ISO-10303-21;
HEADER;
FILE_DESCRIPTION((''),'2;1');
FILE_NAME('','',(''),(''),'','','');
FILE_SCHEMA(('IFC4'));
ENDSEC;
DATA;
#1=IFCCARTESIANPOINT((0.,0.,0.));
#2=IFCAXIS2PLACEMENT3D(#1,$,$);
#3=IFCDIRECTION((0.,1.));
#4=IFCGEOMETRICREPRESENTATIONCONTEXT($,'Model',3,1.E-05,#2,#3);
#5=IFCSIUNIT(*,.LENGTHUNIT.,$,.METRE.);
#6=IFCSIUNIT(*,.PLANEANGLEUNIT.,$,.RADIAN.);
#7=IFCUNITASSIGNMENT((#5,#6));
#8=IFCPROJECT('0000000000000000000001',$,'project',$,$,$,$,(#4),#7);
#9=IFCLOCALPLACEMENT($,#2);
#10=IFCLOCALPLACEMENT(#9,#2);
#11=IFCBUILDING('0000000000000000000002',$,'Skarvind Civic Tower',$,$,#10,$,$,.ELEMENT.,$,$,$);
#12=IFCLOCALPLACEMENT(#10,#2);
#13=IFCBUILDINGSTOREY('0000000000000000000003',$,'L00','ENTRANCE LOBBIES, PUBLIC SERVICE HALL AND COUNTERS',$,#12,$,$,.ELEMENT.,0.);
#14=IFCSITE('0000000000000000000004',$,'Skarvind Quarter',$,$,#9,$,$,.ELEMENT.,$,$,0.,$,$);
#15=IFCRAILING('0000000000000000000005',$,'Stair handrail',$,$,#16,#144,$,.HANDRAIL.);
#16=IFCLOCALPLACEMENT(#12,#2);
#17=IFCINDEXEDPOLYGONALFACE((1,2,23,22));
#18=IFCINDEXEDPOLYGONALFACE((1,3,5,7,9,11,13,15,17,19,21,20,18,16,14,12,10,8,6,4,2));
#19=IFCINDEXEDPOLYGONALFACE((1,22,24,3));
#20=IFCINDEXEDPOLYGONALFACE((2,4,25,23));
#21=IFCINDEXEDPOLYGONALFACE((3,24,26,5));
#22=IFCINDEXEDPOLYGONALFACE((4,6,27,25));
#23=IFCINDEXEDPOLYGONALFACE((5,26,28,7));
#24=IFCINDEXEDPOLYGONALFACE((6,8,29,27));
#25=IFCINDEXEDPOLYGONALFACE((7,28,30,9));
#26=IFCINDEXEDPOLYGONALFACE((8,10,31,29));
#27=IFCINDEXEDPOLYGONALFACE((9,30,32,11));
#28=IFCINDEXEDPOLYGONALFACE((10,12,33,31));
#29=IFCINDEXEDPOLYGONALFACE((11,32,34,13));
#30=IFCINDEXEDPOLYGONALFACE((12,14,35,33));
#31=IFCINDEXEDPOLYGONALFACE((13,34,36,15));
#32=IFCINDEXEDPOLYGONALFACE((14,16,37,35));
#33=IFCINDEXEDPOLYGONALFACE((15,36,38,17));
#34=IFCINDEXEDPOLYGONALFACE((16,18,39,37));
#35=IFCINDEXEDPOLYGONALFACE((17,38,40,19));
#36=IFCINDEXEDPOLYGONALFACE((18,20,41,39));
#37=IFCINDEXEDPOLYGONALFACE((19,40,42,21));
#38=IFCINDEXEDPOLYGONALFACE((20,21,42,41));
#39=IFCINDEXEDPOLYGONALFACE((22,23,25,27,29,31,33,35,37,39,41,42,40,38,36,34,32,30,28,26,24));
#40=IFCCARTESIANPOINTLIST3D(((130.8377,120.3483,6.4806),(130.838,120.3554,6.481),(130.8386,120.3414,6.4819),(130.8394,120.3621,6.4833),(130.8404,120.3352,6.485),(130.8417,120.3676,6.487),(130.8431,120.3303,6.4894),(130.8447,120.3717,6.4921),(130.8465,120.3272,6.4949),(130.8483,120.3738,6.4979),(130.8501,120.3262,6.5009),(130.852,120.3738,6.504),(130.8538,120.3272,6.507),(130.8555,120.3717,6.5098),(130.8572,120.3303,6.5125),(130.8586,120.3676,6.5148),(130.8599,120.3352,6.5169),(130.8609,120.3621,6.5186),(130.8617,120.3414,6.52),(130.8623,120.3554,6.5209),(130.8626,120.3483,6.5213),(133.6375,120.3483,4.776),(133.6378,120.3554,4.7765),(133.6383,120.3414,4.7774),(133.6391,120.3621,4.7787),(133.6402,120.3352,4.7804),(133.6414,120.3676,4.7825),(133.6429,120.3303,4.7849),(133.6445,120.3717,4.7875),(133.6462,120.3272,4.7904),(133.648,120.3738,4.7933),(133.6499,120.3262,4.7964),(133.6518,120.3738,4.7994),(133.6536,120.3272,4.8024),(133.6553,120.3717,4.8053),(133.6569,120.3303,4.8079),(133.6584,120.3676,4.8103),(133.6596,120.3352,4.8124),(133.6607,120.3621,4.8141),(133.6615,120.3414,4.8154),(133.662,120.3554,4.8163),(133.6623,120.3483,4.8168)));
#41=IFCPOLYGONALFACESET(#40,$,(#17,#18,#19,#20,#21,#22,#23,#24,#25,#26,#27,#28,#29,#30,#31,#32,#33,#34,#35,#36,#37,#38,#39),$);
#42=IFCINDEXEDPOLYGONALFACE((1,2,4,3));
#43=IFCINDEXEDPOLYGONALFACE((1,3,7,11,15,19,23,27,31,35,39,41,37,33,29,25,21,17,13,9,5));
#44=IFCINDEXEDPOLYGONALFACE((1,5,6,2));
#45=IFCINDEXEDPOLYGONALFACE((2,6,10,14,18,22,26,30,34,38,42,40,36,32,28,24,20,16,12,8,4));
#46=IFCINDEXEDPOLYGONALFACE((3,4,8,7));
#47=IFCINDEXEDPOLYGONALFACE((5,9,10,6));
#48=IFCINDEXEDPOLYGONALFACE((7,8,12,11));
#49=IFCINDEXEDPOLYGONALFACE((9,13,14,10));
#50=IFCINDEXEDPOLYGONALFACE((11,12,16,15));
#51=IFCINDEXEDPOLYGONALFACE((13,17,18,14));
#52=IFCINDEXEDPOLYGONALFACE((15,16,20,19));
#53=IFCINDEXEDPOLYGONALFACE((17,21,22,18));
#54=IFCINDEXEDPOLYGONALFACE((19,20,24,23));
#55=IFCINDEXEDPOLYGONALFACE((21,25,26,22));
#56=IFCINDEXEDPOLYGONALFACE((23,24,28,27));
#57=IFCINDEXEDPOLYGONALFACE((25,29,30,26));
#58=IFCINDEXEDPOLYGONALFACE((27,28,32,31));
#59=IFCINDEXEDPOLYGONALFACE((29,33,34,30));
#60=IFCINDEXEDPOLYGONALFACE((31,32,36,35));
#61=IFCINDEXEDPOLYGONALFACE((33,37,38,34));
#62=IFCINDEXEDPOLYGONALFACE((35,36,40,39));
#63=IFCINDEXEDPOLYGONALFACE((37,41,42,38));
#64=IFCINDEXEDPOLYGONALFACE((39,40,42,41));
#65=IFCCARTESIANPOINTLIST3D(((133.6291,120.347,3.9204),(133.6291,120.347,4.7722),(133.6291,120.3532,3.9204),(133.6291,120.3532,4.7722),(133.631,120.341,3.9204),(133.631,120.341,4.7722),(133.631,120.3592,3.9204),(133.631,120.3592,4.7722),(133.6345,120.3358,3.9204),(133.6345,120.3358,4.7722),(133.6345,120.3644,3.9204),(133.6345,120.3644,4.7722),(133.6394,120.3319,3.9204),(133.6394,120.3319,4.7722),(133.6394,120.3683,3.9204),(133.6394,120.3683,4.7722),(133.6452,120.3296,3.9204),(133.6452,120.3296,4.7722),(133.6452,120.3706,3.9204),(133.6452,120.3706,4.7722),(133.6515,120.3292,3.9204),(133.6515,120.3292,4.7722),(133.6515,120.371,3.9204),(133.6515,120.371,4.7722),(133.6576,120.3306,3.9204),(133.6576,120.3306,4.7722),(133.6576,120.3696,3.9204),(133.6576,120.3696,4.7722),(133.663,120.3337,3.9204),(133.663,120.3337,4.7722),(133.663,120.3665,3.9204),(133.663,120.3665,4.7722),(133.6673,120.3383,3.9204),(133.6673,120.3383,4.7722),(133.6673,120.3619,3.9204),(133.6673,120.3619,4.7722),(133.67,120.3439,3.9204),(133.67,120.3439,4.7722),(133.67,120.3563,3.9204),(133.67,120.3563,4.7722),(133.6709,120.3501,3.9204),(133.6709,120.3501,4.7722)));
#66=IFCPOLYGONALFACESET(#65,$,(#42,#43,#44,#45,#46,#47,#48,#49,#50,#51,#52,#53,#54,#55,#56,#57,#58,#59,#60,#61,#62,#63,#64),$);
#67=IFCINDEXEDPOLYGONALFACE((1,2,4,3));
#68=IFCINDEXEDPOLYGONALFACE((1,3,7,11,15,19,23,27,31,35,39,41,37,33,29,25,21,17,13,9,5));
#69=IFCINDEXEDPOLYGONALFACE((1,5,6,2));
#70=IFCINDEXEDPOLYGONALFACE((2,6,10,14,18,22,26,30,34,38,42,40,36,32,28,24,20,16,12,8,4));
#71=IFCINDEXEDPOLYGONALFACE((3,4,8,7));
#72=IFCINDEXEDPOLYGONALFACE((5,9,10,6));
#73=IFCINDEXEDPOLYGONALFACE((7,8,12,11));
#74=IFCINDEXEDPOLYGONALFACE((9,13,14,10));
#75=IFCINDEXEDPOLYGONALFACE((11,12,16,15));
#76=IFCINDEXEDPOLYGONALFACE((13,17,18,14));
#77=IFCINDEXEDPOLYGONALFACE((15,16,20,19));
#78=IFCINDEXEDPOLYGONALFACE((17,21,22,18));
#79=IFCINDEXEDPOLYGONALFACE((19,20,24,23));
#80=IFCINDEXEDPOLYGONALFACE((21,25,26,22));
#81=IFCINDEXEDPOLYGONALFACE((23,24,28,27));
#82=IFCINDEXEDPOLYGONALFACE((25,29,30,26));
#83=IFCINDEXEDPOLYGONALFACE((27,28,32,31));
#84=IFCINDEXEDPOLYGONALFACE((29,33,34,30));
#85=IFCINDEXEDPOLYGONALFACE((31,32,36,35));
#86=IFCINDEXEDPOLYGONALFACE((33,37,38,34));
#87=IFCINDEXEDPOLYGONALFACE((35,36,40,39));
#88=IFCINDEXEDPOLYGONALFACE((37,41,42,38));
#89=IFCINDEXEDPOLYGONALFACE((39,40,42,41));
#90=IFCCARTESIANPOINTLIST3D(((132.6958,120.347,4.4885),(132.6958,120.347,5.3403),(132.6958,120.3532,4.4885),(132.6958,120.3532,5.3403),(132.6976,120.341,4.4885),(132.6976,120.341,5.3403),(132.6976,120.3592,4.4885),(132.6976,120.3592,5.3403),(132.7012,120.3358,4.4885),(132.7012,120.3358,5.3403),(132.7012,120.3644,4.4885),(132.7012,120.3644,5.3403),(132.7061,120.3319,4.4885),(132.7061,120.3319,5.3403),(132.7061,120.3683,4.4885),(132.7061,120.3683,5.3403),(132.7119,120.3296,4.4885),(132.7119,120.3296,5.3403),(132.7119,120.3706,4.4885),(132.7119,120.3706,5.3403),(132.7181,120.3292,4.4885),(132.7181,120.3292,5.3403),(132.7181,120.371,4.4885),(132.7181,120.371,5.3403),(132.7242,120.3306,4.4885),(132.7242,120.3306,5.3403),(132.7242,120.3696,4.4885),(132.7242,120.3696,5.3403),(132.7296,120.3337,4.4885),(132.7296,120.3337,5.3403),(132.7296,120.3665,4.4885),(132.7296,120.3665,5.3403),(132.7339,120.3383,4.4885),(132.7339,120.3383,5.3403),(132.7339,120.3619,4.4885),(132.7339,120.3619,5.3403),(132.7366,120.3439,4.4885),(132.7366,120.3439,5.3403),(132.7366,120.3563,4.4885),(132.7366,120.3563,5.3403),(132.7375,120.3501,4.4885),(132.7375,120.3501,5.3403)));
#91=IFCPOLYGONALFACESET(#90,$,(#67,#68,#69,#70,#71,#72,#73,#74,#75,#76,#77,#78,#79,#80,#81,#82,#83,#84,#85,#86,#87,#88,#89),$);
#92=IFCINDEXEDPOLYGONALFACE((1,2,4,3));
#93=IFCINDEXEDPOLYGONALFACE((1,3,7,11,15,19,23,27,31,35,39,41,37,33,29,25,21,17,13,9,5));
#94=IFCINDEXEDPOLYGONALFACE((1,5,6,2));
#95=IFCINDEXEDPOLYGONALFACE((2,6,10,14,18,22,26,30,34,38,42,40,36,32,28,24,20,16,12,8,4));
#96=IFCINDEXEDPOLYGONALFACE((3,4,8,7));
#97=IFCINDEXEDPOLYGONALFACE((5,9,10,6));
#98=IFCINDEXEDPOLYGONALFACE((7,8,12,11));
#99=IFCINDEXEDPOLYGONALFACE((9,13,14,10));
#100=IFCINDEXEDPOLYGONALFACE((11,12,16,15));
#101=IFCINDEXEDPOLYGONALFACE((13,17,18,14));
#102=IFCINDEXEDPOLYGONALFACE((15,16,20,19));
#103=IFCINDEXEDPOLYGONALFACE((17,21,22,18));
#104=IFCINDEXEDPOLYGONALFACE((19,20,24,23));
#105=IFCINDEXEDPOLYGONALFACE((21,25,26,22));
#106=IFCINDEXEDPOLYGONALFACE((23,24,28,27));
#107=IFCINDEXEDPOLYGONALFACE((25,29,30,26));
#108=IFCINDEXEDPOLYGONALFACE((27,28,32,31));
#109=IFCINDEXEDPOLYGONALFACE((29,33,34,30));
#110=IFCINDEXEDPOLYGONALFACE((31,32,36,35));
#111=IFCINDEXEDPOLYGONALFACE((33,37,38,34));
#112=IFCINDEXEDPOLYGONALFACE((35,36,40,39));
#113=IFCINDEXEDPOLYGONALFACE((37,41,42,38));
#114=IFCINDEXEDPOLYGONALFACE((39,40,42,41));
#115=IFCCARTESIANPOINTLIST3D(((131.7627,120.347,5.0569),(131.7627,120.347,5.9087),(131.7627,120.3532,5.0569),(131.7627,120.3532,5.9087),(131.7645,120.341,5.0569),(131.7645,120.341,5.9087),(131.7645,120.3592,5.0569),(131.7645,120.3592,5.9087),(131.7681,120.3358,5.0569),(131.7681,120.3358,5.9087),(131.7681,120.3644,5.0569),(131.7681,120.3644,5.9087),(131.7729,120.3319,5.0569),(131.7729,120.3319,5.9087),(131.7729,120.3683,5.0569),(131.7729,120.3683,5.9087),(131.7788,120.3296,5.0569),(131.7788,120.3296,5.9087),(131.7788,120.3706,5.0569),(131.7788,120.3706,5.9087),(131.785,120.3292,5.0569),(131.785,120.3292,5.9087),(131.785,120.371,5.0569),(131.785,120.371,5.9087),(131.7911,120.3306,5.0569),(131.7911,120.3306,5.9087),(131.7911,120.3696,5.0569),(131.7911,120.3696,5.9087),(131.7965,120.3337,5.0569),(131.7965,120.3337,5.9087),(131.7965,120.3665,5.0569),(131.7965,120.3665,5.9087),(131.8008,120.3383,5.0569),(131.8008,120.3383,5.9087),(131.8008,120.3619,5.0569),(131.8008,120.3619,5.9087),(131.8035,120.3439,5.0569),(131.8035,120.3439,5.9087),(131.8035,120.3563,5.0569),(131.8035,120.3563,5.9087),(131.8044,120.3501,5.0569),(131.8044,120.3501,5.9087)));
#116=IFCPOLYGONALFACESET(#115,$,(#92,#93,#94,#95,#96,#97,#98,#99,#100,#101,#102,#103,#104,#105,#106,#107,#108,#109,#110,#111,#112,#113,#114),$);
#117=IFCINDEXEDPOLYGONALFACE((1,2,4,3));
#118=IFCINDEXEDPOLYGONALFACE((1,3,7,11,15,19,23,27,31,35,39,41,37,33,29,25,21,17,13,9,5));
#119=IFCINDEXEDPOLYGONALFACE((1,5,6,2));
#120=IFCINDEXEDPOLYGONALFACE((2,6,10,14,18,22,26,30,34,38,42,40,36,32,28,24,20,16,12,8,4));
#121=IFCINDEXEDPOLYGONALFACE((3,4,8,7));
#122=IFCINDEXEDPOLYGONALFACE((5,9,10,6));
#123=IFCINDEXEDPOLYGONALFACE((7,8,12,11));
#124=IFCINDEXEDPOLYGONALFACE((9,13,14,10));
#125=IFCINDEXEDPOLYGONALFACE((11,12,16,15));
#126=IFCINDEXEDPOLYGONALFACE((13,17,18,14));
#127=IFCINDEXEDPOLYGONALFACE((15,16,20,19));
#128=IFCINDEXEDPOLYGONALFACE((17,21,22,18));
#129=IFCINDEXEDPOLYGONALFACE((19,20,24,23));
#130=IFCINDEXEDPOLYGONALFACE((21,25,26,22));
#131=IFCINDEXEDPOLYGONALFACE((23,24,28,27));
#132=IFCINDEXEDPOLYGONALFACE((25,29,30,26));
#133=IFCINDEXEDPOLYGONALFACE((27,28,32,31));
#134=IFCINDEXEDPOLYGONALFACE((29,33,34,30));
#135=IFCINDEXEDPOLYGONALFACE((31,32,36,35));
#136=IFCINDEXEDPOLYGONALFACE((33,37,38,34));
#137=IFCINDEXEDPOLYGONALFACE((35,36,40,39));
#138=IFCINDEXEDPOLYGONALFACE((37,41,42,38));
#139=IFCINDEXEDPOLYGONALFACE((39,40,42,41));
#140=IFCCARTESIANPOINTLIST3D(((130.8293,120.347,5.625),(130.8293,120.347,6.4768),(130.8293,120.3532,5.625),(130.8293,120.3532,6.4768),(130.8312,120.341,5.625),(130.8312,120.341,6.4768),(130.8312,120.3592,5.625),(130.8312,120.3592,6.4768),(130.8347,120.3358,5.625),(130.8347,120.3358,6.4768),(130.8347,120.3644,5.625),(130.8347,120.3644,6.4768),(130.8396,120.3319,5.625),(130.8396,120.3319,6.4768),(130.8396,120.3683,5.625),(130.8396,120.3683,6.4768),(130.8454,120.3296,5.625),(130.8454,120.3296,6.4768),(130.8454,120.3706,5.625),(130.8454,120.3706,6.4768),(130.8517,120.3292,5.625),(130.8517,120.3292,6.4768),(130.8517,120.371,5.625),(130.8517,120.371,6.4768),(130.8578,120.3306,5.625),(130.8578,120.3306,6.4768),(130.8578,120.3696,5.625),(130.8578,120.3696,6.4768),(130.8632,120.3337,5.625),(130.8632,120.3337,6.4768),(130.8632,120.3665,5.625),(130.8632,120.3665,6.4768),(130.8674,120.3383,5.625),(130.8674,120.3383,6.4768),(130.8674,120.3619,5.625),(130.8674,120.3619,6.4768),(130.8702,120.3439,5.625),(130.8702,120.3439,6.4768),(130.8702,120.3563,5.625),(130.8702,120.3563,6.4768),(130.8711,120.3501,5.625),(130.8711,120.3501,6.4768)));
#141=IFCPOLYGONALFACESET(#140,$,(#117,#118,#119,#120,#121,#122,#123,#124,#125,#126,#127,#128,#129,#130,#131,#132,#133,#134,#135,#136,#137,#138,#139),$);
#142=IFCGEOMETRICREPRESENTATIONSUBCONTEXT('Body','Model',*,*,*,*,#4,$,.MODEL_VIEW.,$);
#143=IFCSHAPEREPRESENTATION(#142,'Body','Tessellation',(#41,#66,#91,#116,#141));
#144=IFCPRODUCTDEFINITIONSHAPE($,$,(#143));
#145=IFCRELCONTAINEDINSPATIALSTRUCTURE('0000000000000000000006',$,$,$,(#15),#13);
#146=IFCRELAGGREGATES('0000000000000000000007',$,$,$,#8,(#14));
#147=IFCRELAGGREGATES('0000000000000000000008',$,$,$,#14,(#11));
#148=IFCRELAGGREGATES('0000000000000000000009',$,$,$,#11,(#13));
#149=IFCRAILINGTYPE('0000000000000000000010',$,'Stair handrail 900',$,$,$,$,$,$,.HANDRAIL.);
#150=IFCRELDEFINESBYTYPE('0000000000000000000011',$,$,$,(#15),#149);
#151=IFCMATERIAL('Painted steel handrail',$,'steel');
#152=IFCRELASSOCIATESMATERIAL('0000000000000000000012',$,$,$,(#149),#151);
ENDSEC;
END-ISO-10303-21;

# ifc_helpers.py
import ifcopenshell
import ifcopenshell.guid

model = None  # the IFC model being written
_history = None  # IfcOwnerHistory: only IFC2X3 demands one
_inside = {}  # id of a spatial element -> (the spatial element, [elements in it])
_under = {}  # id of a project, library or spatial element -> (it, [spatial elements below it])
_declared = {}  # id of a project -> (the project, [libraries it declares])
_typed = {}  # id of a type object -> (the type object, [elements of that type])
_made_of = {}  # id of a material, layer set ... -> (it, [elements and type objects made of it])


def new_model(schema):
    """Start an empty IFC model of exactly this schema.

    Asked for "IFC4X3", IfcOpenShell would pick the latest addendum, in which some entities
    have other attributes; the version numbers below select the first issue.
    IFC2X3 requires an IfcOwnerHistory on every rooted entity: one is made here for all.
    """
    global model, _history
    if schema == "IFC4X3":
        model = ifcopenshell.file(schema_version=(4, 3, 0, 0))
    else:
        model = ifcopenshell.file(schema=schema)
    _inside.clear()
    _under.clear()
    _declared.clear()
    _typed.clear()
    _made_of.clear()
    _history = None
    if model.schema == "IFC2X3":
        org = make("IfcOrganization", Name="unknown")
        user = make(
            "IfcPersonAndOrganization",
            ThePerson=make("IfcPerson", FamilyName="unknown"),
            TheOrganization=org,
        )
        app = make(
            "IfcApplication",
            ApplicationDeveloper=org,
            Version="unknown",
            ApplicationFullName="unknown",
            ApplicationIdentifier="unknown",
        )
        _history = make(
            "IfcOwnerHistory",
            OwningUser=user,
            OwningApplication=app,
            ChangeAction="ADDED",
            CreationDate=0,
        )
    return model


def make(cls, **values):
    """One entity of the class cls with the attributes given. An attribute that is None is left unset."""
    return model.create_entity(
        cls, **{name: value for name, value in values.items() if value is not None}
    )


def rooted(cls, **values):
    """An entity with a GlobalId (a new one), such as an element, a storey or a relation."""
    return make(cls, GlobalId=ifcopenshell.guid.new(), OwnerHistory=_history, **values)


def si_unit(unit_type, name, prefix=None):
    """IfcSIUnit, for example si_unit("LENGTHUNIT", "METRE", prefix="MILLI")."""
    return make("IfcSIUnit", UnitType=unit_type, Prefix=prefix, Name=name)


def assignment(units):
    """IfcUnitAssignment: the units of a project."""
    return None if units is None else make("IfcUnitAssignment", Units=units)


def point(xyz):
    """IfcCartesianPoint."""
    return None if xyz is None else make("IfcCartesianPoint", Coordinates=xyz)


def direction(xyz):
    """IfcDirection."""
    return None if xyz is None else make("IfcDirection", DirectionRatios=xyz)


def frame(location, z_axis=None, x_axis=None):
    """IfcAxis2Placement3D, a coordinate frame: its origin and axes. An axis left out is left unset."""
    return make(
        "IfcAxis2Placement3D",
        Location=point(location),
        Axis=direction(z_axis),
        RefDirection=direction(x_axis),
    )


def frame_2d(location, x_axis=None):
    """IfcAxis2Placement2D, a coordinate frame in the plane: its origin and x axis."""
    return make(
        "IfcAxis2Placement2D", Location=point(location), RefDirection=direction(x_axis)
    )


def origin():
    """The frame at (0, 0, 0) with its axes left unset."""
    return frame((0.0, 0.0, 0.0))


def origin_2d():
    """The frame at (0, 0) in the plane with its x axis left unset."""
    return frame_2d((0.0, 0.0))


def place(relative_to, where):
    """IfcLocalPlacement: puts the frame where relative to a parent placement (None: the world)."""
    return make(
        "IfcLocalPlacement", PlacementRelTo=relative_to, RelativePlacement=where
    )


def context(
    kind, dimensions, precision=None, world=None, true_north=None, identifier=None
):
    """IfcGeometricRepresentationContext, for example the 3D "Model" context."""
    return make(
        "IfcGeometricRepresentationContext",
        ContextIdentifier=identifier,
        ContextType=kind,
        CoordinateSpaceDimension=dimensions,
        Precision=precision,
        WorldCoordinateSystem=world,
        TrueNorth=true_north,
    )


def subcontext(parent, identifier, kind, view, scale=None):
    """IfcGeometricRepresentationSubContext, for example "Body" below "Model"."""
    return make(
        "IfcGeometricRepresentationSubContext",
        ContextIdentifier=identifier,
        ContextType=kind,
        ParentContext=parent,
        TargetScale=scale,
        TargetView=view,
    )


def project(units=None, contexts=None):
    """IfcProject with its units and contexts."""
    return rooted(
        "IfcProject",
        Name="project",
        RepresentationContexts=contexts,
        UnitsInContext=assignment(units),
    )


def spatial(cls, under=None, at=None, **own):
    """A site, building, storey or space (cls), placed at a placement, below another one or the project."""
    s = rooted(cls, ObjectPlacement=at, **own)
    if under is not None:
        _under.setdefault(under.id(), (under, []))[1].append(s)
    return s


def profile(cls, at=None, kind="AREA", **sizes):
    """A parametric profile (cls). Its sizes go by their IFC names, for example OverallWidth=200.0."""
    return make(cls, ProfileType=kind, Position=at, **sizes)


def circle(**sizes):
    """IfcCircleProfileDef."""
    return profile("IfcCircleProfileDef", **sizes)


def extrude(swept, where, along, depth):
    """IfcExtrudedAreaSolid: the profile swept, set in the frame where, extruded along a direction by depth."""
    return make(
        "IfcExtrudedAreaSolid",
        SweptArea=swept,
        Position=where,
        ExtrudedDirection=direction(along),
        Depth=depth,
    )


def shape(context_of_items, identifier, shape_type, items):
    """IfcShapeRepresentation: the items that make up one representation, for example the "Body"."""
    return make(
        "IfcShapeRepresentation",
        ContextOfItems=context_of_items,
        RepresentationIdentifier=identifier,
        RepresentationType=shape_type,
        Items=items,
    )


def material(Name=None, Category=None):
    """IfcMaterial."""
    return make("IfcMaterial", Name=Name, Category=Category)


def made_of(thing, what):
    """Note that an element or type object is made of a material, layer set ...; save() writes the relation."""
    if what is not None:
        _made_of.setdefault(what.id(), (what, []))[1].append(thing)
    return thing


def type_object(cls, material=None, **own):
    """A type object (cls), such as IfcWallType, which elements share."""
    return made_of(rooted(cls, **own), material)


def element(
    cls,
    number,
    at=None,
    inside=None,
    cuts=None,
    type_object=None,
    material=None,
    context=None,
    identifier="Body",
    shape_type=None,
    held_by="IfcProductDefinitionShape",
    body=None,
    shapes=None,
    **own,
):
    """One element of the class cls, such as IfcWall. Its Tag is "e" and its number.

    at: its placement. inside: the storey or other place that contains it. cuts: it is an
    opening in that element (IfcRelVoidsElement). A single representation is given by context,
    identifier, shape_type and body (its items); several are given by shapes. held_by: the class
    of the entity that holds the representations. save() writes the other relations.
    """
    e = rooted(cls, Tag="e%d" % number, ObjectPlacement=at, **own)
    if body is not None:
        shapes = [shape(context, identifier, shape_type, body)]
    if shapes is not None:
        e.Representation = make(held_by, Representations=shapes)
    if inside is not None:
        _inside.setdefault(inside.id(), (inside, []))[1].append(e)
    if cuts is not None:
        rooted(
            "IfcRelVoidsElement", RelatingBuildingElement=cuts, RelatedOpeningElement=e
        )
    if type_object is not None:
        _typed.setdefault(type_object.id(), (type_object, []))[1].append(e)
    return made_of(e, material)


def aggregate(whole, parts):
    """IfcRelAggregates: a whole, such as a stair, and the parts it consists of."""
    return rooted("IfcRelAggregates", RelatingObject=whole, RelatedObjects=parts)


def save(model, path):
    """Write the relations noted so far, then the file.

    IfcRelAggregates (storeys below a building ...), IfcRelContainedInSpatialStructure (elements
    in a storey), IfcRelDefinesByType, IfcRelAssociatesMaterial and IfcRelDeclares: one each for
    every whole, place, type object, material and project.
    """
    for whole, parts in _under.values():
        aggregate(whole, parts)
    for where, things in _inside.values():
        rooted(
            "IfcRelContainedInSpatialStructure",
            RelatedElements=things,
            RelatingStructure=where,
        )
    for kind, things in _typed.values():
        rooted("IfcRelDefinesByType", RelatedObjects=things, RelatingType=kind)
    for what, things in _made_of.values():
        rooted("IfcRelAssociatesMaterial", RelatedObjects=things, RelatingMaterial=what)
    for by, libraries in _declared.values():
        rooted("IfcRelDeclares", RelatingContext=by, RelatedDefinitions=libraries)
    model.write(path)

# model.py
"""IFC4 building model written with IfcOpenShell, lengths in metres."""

from ifc_helpers import new_model, si_unit, direction, frame, origin, origin_2d, place, context, subcontext, project, spatial, circle, extrude, material, type_object, element, save


model = new_model("IFC4")

# Units and contexts
model_context = context("Model", 3, precision=1e-05, world=origin(), true_north=direction((0.0, 1.0)))
body_context = subcontext(model_context, "Body", "Model", "MODEL_VIEW")
ifc_project = project(units=[si_unit("LENGTHUNIT", "METRE"), si_unit("PLANEANGLEUNIT", "RADIAN")], contexts=[model_context])

# Site, building, storey
site_placement = place(None, origin())
site = spatial("IfcSite", under=ifc_project, at=site_placement, Name="Skarvind Quarter", CompositionType="ELEMENT", RefElevation=0.0)
building_placement = place(site_placement, origin())
building = spatial("IfcBuilding", under=site, at=building_placement, Name="Skarvind Civic Tower", CompositionType="ELEMENT")
storey_placement = place(building_placement, origin())
storey = spatial("IfcBuildingStorey", under=building, at=storey_placement, Name="L00", Description="ENTRANCE LOBBIES, PUBLIC SERVICE HALL AND COUNTERS", CompositionType="ELEMENT", Elevation=0.0)

# Railing
ifc_material_1 = material(Name="Painted steel handrail", Category="steel")
railing_type = type_object("IfcRailingType", Name="Stair handrail 900", PredefinedType="HANDRAIL", material=ifc_material_1)
for number, where, name in (
    (1, (133.6499, 120.3501, 3.9204), "Stair handrail"),
):
    element("IfcRailing", number, at=place(storey_placement, frame(where)), inside=storey, type_object=railing_type, Name=name, PredefinedType="HANDRAIL", context=body_context, shape_type="SweptSolid", body=[
        extrude(circle(Radius=0.0239, at=origin_2d()), frame((0.0, 0.0, 0.876), z_axis=(-0.85415, 0.0, 0.520027), x_axis=(0.0, -1.0, 0.0)), (0.0, 0.0, 1.0), 3.2778),
        extrude(circle(Radius=0.021, at=origin_2d()), origin(), (0.0, 0.0, 1.0), 0.8518),
        extrude(circle(Radius=0.021, at=origin_2d()), frame((-0.9333, 0.0, 0.5681)), (0.0, 0.0, 1.0), 0.8518),
        extrude(circle(Radius=0.021, at=origin_2d()), frame((-1.8665, 0.0, 1.1365)), (0.0, 0.0, 1.0), 0.8518),
        extrude(circle(Radius=0.021, at=origin_2d()), frame((-2.7998, 0.0, 1.7046)), (0.0, 0.0, 1.0), 0.8518),
    ])

save(model, "model.ifc")
